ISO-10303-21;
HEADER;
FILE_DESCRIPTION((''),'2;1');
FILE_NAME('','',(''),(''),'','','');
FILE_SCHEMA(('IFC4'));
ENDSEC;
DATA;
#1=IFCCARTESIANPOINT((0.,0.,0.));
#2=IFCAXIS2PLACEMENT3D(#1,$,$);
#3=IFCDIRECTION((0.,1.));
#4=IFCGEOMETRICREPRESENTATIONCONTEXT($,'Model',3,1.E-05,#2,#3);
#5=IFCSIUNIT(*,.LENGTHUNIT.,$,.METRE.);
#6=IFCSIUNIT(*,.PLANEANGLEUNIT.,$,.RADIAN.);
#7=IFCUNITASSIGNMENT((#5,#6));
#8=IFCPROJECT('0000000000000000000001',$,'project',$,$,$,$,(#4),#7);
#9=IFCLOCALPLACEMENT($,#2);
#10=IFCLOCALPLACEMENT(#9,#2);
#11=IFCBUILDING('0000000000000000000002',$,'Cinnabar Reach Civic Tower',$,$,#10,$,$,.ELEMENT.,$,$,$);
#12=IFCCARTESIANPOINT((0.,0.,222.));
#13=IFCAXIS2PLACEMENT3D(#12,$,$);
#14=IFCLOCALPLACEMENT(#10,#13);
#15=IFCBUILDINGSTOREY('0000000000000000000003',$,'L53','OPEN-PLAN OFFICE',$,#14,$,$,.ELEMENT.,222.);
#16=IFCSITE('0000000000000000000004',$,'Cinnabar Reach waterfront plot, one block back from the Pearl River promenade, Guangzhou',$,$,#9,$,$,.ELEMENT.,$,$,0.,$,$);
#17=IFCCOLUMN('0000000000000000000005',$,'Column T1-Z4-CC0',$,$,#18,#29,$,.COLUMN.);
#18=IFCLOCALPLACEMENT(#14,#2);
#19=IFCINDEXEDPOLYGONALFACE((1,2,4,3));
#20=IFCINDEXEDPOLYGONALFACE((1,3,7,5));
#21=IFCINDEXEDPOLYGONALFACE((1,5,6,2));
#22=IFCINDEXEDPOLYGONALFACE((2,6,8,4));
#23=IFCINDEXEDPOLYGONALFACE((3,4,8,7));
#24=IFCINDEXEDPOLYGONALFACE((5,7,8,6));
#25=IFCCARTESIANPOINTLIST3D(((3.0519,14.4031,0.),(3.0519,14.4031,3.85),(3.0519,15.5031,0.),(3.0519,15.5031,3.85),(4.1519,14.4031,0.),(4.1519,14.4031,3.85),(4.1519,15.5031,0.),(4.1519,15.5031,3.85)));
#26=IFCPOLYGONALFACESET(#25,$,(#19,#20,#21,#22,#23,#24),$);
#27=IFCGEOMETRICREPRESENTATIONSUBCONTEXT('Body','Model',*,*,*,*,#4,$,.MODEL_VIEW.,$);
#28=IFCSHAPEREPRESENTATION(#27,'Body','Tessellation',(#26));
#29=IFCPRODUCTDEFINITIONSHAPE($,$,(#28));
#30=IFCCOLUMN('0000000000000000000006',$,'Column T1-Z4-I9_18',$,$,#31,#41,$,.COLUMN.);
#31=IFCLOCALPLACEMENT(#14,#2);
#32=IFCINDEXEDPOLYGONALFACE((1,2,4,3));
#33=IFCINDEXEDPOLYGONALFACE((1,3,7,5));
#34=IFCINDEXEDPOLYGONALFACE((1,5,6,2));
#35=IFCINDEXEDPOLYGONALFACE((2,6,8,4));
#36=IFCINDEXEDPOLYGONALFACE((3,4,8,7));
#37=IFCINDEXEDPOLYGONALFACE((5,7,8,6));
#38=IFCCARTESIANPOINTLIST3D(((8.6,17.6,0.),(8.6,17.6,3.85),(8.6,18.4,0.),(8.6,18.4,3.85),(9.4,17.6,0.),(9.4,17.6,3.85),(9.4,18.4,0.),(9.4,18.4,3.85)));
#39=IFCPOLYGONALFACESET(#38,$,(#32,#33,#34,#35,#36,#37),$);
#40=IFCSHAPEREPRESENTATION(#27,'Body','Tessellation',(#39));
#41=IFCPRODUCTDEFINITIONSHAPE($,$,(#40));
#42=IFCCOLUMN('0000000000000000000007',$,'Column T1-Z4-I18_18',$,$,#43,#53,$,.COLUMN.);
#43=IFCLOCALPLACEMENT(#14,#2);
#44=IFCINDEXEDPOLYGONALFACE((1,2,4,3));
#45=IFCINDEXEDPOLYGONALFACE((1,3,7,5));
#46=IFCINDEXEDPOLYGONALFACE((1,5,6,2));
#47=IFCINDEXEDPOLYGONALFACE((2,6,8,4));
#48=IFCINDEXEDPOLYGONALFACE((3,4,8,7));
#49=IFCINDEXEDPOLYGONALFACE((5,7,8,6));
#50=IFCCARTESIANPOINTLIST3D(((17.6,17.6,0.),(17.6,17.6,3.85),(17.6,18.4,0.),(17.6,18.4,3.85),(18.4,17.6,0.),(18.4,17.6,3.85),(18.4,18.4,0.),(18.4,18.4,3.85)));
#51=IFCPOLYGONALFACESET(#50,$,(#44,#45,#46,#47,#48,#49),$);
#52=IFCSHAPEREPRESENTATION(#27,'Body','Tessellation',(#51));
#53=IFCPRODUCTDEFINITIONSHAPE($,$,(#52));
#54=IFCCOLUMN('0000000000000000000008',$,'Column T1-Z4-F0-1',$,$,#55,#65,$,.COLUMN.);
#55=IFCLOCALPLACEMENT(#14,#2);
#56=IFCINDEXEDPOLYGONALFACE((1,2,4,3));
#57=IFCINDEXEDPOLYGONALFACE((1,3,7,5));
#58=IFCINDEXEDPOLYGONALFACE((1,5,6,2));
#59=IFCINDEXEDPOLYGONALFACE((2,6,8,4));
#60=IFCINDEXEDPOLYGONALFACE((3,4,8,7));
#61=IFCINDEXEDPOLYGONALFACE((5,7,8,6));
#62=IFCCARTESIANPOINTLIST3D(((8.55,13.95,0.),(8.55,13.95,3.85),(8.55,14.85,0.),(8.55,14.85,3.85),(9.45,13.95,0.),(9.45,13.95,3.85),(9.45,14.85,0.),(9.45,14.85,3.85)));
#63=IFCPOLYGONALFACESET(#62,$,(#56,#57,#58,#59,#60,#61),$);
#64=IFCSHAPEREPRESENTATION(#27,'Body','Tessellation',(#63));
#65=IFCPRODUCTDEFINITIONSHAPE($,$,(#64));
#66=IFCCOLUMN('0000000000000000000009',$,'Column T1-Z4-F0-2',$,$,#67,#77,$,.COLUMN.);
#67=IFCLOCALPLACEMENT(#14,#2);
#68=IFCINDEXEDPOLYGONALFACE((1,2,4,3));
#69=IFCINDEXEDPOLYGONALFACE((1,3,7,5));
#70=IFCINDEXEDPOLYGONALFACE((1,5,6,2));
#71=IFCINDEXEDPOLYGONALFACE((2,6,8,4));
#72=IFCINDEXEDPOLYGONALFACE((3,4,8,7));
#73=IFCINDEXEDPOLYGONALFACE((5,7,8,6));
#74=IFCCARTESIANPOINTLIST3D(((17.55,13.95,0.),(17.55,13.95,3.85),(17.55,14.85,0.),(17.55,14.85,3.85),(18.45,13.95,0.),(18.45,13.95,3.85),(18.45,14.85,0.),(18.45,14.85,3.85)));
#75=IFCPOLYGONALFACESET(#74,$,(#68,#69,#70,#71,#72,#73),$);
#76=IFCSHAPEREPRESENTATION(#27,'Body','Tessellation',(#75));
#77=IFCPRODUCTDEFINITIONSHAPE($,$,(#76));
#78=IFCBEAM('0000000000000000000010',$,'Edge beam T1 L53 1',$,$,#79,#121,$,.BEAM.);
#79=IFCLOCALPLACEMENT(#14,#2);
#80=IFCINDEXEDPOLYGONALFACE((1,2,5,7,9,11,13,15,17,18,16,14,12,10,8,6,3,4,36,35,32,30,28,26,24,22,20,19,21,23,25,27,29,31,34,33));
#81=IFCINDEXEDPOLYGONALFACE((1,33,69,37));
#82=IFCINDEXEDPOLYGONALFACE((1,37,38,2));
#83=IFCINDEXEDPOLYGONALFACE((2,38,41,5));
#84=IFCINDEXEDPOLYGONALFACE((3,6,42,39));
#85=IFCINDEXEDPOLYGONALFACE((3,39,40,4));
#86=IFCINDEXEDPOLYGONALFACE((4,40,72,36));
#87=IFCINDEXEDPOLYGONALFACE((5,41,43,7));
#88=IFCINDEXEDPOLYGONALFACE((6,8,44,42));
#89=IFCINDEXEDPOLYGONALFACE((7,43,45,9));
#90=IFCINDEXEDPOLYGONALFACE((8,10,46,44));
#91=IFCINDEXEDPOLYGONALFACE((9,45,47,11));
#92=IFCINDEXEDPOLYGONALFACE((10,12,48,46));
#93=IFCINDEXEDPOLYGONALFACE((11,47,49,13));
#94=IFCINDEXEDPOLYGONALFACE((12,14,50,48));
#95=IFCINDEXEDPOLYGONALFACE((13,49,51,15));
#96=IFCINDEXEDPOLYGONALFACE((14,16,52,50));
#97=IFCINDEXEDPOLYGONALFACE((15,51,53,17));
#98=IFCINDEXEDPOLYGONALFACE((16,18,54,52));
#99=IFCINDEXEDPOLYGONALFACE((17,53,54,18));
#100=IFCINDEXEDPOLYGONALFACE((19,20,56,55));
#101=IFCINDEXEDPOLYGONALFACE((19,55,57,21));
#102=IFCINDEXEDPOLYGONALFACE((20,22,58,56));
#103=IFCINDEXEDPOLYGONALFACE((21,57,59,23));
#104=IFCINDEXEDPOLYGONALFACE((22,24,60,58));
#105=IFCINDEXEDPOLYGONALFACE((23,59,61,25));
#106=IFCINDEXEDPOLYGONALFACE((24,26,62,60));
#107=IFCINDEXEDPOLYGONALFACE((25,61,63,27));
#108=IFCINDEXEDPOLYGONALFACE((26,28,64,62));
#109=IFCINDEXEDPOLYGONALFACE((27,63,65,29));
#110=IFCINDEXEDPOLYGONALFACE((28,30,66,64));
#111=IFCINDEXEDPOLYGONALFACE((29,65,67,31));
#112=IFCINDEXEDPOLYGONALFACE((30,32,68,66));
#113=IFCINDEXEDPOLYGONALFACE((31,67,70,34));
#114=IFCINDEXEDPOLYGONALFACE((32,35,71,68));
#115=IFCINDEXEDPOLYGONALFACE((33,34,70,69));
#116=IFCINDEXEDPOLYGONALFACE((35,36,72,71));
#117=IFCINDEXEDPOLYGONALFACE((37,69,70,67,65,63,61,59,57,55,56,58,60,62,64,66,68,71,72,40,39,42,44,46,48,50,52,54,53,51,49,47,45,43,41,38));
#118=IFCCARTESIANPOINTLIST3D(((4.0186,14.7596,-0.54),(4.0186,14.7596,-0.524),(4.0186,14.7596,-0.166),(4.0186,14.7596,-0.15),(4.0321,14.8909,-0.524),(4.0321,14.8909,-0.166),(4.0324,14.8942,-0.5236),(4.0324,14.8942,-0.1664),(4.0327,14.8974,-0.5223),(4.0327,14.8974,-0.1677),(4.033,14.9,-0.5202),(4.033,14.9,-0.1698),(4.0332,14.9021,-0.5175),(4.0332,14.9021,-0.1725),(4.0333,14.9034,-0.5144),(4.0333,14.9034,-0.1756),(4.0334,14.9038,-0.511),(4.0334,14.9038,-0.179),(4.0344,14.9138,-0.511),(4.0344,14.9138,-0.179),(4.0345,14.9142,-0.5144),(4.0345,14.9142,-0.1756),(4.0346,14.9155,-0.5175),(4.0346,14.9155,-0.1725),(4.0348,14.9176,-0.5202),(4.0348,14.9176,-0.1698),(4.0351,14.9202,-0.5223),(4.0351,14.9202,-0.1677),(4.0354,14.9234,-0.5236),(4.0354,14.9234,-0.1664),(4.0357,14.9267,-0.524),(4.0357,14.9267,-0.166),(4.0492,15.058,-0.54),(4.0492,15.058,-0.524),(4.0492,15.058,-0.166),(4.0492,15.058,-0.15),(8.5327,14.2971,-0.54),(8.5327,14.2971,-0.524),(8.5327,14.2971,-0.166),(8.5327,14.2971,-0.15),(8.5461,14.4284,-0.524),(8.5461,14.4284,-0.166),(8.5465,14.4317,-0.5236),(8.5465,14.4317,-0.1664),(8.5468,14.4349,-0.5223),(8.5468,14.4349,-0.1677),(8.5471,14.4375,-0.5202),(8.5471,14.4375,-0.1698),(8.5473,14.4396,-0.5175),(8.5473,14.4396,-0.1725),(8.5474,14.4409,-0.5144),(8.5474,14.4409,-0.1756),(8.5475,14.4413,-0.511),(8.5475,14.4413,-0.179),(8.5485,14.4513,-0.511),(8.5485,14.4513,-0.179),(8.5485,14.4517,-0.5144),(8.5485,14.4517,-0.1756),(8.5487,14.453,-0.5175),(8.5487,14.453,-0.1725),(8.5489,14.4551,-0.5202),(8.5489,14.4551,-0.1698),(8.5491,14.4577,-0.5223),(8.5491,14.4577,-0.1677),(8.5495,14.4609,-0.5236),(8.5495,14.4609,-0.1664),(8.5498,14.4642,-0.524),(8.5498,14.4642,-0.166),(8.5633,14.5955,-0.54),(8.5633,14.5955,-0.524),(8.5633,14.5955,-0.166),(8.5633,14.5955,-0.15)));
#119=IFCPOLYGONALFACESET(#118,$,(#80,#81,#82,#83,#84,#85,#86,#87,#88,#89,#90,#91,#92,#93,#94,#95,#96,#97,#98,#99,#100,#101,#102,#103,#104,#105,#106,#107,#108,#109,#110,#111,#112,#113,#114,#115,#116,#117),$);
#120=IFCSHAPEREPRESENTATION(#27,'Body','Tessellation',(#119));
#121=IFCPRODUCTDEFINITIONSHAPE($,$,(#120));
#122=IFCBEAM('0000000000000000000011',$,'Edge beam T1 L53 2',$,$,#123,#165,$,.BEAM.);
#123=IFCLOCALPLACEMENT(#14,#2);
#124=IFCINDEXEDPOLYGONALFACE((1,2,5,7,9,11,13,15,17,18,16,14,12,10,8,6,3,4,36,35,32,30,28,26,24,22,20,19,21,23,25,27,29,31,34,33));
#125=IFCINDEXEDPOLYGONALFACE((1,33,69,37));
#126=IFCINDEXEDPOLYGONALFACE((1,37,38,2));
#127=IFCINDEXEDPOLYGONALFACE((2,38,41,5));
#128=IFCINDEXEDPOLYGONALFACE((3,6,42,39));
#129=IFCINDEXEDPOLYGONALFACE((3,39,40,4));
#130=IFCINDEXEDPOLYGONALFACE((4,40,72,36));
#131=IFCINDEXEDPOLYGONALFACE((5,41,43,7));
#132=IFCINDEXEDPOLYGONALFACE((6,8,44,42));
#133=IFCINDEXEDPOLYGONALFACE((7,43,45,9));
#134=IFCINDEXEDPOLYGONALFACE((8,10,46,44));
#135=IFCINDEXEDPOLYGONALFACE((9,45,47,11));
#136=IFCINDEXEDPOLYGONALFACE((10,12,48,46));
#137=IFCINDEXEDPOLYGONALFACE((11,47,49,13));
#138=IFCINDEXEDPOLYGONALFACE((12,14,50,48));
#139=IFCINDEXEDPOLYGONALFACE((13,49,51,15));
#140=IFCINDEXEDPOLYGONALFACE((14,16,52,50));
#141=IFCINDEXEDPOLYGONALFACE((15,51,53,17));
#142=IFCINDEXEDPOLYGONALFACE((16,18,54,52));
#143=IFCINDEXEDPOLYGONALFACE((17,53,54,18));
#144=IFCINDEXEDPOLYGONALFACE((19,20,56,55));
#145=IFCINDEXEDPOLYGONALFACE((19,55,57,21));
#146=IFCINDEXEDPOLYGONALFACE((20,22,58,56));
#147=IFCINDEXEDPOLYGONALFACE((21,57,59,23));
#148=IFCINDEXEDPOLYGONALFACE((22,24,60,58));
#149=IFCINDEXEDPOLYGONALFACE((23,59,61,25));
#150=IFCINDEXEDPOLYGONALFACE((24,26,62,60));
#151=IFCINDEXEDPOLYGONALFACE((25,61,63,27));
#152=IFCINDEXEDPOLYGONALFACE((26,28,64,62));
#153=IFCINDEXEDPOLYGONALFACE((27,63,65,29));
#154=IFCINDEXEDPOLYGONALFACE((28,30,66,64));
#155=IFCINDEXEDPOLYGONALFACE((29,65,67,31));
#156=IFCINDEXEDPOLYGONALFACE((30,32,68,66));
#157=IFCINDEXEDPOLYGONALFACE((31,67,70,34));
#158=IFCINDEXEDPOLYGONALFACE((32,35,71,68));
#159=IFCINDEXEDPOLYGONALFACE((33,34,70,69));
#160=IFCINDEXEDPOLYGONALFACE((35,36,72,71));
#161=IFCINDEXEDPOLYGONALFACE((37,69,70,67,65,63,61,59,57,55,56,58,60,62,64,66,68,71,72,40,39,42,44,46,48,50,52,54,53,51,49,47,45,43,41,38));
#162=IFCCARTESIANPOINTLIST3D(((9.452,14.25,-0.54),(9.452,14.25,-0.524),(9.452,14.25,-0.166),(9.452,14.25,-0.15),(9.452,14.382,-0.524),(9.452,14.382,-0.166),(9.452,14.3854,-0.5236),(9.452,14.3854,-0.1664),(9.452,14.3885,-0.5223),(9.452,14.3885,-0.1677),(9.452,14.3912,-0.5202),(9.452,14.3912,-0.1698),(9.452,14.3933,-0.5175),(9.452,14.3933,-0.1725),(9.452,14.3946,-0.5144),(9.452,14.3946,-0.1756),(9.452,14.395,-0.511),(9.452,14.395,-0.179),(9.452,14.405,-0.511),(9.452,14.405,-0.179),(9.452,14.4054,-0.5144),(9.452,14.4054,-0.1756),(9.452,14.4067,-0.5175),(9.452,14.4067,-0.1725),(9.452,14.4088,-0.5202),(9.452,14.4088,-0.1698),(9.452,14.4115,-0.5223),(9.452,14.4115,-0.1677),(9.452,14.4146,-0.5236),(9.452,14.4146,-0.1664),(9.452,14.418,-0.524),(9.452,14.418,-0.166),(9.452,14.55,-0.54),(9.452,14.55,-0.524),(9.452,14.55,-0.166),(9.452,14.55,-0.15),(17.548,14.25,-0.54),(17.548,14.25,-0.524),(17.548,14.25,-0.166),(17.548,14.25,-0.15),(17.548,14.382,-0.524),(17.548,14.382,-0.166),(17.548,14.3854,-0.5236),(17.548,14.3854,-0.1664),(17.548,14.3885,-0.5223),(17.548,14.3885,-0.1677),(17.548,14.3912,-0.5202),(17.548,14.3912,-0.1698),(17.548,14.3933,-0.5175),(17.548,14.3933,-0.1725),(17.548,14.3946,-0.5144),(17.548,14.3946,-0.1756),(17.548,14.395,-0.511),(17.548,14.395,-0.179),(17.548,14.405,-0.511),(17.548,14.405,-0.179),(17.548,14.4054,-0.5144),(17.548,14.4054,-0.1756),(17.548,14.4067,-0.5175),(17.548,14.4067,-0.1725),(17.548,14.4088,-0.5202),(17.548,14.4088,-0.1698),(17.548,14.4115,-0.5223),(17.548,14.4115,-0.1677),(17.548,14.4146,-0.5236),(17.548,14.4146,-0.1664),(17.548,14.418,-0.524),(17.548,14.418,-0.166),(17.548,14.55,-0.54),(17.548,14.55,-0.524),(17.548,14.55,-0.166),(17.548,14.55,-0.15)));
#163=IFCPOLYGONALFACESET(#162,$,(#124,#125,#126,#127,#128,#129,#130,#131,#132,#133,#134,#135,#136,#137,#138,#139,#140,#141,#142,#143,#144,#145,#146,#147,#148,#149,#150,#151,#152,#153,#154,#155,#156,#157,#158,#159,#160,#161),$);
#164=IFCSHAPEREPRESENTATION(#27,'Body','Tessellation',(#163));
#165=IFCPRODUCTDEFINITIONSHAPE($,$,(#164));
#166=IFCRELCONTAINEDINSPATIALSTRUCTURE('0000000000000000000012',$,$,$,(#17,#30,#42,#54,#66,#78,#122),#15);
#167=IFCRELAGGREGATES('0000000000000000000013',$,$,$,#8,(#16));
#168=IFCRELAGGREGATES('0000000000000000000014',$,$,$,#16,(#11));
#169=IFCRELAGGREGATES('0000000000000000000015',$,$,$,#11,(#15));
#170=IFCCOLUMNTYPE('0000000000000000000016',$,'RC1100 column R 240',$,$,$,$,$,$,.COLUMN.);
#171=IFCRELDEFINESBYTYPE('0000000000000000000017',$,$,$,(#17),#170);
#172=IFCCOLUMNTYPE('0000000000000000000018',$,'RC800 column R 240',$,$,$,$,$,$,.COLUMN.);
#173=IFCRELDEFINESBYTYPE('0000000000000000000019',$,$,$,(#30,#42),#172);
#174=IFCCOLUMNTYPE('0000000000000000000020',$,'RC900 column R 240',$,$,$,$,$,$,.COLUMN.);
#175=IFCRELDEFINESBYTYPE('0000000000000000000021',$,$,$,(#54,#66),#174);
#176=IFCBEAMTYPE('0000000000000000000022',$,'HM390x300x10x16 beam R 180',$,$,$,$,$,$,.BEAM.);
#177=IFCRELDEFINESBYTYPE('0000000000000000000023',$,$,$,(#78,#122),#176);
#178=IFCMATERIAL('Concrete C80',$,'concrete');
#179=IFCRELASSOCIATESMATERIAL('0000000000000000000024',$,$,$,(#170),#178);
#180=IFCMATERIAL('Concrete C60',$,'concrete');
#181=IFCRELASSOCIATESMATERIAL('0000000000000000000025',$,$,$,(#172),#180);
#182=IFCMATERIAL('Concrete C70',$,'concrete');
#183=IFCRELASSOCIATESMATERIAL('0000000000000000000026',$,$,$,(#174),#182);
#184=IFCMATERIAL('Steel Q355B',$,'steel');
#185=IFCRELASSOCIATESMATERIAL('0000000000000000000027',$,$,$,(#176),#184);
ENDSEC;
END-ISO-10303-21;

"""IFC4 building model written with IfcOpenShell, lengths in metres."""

from ifc_helpers import new_model, si_unit, direction, frame, origin, origin_2d, place, context, subcontext, project, spatial, rectangle, i_section, extrude, material, material_profile, profile_set, type_object, element, save


model = new_model("IFC4")

# Units and contexts
model_context = context("Model", 3, precision=1e-05, world=origin(), true_north=direction((0.0, 1.0)))
body_context = subcontext(model_context, "Body", "Model", "MODEL_VIEW")
ifc_project = project(units=[si_unit("LENGTHUNIT", "METRE"), si_unit("PLANEANGLEUNIT", "RADIAN")], contexts=[model_context])

# Site, building, storey
site_placement = place(None, origin())
site = spatial("IfcSite", under=ifc_project, at=site_placement, Name="Cinnabar Reach waterfront plot, one block back from the Pearl River promenade, Guangzhou", CompositionType="ELEMENT", RefElevation=0.0)
building_placement = place(site_placement, origin())
building = spatial("IfcBuilding", under=site, at=building_placement, Name="Cinnabar Reach Civic Tower", CompositionType="ELEMENT")
storey_placement = place(building_placement, frame((0.0, 0.0, 222.0)))
storey = spatial("IfcBuildingStorey", under=building, at=storey_placement, Name="L53", Description="OPEN-PLAN OFFICE", CompositionType="ELEMENT", Elevation=222.0)

# Columns
ifc_material_1 = material(Name="Concrete C80", Category="concrete")
ifc_material_profile_1 = material_profile(ifc_material_1, rectangle(XDim=1.1, YDim=1.1, at=origin_2d()), Name="RC1100")
ifc_profile_set_1 = profile_set([ifc_material_profile_1], Name="Concrete C80")
column_type_1 = type_object("IfcColumnType", Name="RC1100 column R 240", PredefinedType="COLUMN", material=ifc_profile_set_1)
column_placement = place(storey_placement, frame((3.6019, 14.9531, 0.0), z_axis=(0.0, 0.0, 1.0), x_axis=(1.0, 0.0, 0.0)))
element("IfcColumn", 1, at=column_placement, inside=storey, type_object=column_type_1, Name="Column T1-Z4-CC0", PredefinedType="COLUMN", context=body_context, shape_type="SweptSolid", body=[
    extrude(rectangle(XDim=1.1, YDim=1.1, at=origin_2d()), origin(), (0.0, 0.0, 1.0), 3.85),
])
ifc_material_2 = material(Name="Concrete C60", Category="concrete")
ifc_material_profile_2 = material_profile(ifc_material_2, rectangle(XDim=0.8, YDim=0.8, at=origin_2d()), Name="RC800")
ifc_profile_set_2 = profile_set([ifc_material_profile_2], Name="Concrete C60")
column_type_2 = type_object("IfcColumnType", Name="RC800 column R 240", PredefinedType="COLUMN", material=ifc_profile_set_2)
for number, where, z_axis, x_axis, name in (
    (2, (9.0, 18.0, 0.0), (0.0, 0.0, 1.0), (1.0, 0.0, 0.0), "Column T1-Z4-I9_18"),
    (3, (18.0, 18.0, 0.0), (0.0, 0.0, 1.0), (1.0, 0.0, 0.0), "Column T1-Z4-I18_18"),
):
    element("IfcColumn", number, at=place(storey_placement, frame(where, z_axis=z_axis, x_axis=x_axis)), inside=storey, type_object=column_type_2, Name=name, PredefinedType="COLUMN", context=body_context, shape_type="SweptSolid", body=[
        extrude(rectangle(XDim=0.8, YDim=0.8, at=origin_2d()), origin(), (0.0, 0.0, 1.0), 3.85),
    ])
ifc_material_3 = material(Name="Concrete C70", Category="concrete")
ifc_material_profile_3 = material_profile(ifc_material_3, rectangle(XDim=0.9, YDim=0.9, at=origin_2d()), Name="RC900")
ifc_profile_set_3 = profile_set([ifc_material_profile_3], Name="Concrete C70")
column_type_3 = type_object("IfcColumnType", Name="RC900 column R 240", PredefinedType="COLUMN", material=ifc_profile_set_3)
for number, where, z_axis, x_axis, name in (
    (4, (9.0, 14.4, 0.0), (0.0, 0.0, 1.0), (1.0, 0.0, 0.0), "Column T1-Z4-F0-1"),
    (5, (18.0, 14.4, 0.0), (0.0, 0.0, 1.0), (1.0, 0.0, 0.0), "Column T1-Z4-F0-2"),
):
    element("IfcColumn", number, at=place(storey_placement, frame(where, z_axis=z_axis, x_axis=x_axis)), inside=storey, type_object=column_type_3, Name=name, PredefinedType="COLUMN", context=body_context, shape_type="SweptSolid", body=[
        extrude(rectangle(XDim=0.9, YDim=0.9, at=origin_2d()), origin(), (0.0, 0.0, 1.0), 3.85),
    ])

# Beams
ifc_material_4 = material(Name="Steel Q355B", Category="steel")
ifc_material_profile_4 = material_profile(ifc_material_4, i_section(OverallWidth=0.3, OverallDepth=0.39, WebThickness=0.01, FlangeThickness=0.016, FilletRadius=0.013, at=origin_2d()), Name="HM390x300x10x16")
ifc_profile_set_4 = profile_set([ifc_material_profile_4], Name="Steel Q355B")
beam_type_1 = type_object("IfcBeamType", Name="HM390x300x10x16 beam R 180", PredefinedType="BEAM", material=ifc_profile_set_4)
beam_1_placement = place(storey_placement, frame((4.0339, 14.9088, -0.345), z_axis=(0.994792, -0.101923, 0.0), x_axis=(0.101923, 0.994792, 0.0)))
element("IfcBeam", 6, at=beam_1_placement, inside=storey, type_object=beam_type_1, Name="Edge beam T1 L53 1", PredefinedType="BEAM", context=body_context, shape_type="SweptSolid", body=[
    extrude(i_section(OverallWidth=0.3, OverallDepth=0.39, WebThickness=0.01, FlangeThickness=0.016, FilletRadius=0.013, at=origin_2d()), origin(), (0.0, 0.0, 1.0), 4.5377),
])
beam_2_placement = place(storey_placement, frame((9.452, 14.4, -0.345), z_axis=(1.0, 0.0, 0.0), x_axis=(0.0, 1.0, 0.0)))
element("IfcBeam", 7, at=beam_2_placement, inside=storey, type_object=beam_type_1, Name="Edge beam T1 L53 2", PredefinedType="BEAM", context=body_context, shape_type="SweptSolid", body=[
    extrude(i_section(OverallWidth=0.3, OverallDepth=0.39, WebThickness=0.01, FlangeThickness=0.016, FilletRadius=0.013, at=origin_2d()), origin(), (0.0, 0.0, 1.0), 8.096),
])

save(model, "model.ifc")
